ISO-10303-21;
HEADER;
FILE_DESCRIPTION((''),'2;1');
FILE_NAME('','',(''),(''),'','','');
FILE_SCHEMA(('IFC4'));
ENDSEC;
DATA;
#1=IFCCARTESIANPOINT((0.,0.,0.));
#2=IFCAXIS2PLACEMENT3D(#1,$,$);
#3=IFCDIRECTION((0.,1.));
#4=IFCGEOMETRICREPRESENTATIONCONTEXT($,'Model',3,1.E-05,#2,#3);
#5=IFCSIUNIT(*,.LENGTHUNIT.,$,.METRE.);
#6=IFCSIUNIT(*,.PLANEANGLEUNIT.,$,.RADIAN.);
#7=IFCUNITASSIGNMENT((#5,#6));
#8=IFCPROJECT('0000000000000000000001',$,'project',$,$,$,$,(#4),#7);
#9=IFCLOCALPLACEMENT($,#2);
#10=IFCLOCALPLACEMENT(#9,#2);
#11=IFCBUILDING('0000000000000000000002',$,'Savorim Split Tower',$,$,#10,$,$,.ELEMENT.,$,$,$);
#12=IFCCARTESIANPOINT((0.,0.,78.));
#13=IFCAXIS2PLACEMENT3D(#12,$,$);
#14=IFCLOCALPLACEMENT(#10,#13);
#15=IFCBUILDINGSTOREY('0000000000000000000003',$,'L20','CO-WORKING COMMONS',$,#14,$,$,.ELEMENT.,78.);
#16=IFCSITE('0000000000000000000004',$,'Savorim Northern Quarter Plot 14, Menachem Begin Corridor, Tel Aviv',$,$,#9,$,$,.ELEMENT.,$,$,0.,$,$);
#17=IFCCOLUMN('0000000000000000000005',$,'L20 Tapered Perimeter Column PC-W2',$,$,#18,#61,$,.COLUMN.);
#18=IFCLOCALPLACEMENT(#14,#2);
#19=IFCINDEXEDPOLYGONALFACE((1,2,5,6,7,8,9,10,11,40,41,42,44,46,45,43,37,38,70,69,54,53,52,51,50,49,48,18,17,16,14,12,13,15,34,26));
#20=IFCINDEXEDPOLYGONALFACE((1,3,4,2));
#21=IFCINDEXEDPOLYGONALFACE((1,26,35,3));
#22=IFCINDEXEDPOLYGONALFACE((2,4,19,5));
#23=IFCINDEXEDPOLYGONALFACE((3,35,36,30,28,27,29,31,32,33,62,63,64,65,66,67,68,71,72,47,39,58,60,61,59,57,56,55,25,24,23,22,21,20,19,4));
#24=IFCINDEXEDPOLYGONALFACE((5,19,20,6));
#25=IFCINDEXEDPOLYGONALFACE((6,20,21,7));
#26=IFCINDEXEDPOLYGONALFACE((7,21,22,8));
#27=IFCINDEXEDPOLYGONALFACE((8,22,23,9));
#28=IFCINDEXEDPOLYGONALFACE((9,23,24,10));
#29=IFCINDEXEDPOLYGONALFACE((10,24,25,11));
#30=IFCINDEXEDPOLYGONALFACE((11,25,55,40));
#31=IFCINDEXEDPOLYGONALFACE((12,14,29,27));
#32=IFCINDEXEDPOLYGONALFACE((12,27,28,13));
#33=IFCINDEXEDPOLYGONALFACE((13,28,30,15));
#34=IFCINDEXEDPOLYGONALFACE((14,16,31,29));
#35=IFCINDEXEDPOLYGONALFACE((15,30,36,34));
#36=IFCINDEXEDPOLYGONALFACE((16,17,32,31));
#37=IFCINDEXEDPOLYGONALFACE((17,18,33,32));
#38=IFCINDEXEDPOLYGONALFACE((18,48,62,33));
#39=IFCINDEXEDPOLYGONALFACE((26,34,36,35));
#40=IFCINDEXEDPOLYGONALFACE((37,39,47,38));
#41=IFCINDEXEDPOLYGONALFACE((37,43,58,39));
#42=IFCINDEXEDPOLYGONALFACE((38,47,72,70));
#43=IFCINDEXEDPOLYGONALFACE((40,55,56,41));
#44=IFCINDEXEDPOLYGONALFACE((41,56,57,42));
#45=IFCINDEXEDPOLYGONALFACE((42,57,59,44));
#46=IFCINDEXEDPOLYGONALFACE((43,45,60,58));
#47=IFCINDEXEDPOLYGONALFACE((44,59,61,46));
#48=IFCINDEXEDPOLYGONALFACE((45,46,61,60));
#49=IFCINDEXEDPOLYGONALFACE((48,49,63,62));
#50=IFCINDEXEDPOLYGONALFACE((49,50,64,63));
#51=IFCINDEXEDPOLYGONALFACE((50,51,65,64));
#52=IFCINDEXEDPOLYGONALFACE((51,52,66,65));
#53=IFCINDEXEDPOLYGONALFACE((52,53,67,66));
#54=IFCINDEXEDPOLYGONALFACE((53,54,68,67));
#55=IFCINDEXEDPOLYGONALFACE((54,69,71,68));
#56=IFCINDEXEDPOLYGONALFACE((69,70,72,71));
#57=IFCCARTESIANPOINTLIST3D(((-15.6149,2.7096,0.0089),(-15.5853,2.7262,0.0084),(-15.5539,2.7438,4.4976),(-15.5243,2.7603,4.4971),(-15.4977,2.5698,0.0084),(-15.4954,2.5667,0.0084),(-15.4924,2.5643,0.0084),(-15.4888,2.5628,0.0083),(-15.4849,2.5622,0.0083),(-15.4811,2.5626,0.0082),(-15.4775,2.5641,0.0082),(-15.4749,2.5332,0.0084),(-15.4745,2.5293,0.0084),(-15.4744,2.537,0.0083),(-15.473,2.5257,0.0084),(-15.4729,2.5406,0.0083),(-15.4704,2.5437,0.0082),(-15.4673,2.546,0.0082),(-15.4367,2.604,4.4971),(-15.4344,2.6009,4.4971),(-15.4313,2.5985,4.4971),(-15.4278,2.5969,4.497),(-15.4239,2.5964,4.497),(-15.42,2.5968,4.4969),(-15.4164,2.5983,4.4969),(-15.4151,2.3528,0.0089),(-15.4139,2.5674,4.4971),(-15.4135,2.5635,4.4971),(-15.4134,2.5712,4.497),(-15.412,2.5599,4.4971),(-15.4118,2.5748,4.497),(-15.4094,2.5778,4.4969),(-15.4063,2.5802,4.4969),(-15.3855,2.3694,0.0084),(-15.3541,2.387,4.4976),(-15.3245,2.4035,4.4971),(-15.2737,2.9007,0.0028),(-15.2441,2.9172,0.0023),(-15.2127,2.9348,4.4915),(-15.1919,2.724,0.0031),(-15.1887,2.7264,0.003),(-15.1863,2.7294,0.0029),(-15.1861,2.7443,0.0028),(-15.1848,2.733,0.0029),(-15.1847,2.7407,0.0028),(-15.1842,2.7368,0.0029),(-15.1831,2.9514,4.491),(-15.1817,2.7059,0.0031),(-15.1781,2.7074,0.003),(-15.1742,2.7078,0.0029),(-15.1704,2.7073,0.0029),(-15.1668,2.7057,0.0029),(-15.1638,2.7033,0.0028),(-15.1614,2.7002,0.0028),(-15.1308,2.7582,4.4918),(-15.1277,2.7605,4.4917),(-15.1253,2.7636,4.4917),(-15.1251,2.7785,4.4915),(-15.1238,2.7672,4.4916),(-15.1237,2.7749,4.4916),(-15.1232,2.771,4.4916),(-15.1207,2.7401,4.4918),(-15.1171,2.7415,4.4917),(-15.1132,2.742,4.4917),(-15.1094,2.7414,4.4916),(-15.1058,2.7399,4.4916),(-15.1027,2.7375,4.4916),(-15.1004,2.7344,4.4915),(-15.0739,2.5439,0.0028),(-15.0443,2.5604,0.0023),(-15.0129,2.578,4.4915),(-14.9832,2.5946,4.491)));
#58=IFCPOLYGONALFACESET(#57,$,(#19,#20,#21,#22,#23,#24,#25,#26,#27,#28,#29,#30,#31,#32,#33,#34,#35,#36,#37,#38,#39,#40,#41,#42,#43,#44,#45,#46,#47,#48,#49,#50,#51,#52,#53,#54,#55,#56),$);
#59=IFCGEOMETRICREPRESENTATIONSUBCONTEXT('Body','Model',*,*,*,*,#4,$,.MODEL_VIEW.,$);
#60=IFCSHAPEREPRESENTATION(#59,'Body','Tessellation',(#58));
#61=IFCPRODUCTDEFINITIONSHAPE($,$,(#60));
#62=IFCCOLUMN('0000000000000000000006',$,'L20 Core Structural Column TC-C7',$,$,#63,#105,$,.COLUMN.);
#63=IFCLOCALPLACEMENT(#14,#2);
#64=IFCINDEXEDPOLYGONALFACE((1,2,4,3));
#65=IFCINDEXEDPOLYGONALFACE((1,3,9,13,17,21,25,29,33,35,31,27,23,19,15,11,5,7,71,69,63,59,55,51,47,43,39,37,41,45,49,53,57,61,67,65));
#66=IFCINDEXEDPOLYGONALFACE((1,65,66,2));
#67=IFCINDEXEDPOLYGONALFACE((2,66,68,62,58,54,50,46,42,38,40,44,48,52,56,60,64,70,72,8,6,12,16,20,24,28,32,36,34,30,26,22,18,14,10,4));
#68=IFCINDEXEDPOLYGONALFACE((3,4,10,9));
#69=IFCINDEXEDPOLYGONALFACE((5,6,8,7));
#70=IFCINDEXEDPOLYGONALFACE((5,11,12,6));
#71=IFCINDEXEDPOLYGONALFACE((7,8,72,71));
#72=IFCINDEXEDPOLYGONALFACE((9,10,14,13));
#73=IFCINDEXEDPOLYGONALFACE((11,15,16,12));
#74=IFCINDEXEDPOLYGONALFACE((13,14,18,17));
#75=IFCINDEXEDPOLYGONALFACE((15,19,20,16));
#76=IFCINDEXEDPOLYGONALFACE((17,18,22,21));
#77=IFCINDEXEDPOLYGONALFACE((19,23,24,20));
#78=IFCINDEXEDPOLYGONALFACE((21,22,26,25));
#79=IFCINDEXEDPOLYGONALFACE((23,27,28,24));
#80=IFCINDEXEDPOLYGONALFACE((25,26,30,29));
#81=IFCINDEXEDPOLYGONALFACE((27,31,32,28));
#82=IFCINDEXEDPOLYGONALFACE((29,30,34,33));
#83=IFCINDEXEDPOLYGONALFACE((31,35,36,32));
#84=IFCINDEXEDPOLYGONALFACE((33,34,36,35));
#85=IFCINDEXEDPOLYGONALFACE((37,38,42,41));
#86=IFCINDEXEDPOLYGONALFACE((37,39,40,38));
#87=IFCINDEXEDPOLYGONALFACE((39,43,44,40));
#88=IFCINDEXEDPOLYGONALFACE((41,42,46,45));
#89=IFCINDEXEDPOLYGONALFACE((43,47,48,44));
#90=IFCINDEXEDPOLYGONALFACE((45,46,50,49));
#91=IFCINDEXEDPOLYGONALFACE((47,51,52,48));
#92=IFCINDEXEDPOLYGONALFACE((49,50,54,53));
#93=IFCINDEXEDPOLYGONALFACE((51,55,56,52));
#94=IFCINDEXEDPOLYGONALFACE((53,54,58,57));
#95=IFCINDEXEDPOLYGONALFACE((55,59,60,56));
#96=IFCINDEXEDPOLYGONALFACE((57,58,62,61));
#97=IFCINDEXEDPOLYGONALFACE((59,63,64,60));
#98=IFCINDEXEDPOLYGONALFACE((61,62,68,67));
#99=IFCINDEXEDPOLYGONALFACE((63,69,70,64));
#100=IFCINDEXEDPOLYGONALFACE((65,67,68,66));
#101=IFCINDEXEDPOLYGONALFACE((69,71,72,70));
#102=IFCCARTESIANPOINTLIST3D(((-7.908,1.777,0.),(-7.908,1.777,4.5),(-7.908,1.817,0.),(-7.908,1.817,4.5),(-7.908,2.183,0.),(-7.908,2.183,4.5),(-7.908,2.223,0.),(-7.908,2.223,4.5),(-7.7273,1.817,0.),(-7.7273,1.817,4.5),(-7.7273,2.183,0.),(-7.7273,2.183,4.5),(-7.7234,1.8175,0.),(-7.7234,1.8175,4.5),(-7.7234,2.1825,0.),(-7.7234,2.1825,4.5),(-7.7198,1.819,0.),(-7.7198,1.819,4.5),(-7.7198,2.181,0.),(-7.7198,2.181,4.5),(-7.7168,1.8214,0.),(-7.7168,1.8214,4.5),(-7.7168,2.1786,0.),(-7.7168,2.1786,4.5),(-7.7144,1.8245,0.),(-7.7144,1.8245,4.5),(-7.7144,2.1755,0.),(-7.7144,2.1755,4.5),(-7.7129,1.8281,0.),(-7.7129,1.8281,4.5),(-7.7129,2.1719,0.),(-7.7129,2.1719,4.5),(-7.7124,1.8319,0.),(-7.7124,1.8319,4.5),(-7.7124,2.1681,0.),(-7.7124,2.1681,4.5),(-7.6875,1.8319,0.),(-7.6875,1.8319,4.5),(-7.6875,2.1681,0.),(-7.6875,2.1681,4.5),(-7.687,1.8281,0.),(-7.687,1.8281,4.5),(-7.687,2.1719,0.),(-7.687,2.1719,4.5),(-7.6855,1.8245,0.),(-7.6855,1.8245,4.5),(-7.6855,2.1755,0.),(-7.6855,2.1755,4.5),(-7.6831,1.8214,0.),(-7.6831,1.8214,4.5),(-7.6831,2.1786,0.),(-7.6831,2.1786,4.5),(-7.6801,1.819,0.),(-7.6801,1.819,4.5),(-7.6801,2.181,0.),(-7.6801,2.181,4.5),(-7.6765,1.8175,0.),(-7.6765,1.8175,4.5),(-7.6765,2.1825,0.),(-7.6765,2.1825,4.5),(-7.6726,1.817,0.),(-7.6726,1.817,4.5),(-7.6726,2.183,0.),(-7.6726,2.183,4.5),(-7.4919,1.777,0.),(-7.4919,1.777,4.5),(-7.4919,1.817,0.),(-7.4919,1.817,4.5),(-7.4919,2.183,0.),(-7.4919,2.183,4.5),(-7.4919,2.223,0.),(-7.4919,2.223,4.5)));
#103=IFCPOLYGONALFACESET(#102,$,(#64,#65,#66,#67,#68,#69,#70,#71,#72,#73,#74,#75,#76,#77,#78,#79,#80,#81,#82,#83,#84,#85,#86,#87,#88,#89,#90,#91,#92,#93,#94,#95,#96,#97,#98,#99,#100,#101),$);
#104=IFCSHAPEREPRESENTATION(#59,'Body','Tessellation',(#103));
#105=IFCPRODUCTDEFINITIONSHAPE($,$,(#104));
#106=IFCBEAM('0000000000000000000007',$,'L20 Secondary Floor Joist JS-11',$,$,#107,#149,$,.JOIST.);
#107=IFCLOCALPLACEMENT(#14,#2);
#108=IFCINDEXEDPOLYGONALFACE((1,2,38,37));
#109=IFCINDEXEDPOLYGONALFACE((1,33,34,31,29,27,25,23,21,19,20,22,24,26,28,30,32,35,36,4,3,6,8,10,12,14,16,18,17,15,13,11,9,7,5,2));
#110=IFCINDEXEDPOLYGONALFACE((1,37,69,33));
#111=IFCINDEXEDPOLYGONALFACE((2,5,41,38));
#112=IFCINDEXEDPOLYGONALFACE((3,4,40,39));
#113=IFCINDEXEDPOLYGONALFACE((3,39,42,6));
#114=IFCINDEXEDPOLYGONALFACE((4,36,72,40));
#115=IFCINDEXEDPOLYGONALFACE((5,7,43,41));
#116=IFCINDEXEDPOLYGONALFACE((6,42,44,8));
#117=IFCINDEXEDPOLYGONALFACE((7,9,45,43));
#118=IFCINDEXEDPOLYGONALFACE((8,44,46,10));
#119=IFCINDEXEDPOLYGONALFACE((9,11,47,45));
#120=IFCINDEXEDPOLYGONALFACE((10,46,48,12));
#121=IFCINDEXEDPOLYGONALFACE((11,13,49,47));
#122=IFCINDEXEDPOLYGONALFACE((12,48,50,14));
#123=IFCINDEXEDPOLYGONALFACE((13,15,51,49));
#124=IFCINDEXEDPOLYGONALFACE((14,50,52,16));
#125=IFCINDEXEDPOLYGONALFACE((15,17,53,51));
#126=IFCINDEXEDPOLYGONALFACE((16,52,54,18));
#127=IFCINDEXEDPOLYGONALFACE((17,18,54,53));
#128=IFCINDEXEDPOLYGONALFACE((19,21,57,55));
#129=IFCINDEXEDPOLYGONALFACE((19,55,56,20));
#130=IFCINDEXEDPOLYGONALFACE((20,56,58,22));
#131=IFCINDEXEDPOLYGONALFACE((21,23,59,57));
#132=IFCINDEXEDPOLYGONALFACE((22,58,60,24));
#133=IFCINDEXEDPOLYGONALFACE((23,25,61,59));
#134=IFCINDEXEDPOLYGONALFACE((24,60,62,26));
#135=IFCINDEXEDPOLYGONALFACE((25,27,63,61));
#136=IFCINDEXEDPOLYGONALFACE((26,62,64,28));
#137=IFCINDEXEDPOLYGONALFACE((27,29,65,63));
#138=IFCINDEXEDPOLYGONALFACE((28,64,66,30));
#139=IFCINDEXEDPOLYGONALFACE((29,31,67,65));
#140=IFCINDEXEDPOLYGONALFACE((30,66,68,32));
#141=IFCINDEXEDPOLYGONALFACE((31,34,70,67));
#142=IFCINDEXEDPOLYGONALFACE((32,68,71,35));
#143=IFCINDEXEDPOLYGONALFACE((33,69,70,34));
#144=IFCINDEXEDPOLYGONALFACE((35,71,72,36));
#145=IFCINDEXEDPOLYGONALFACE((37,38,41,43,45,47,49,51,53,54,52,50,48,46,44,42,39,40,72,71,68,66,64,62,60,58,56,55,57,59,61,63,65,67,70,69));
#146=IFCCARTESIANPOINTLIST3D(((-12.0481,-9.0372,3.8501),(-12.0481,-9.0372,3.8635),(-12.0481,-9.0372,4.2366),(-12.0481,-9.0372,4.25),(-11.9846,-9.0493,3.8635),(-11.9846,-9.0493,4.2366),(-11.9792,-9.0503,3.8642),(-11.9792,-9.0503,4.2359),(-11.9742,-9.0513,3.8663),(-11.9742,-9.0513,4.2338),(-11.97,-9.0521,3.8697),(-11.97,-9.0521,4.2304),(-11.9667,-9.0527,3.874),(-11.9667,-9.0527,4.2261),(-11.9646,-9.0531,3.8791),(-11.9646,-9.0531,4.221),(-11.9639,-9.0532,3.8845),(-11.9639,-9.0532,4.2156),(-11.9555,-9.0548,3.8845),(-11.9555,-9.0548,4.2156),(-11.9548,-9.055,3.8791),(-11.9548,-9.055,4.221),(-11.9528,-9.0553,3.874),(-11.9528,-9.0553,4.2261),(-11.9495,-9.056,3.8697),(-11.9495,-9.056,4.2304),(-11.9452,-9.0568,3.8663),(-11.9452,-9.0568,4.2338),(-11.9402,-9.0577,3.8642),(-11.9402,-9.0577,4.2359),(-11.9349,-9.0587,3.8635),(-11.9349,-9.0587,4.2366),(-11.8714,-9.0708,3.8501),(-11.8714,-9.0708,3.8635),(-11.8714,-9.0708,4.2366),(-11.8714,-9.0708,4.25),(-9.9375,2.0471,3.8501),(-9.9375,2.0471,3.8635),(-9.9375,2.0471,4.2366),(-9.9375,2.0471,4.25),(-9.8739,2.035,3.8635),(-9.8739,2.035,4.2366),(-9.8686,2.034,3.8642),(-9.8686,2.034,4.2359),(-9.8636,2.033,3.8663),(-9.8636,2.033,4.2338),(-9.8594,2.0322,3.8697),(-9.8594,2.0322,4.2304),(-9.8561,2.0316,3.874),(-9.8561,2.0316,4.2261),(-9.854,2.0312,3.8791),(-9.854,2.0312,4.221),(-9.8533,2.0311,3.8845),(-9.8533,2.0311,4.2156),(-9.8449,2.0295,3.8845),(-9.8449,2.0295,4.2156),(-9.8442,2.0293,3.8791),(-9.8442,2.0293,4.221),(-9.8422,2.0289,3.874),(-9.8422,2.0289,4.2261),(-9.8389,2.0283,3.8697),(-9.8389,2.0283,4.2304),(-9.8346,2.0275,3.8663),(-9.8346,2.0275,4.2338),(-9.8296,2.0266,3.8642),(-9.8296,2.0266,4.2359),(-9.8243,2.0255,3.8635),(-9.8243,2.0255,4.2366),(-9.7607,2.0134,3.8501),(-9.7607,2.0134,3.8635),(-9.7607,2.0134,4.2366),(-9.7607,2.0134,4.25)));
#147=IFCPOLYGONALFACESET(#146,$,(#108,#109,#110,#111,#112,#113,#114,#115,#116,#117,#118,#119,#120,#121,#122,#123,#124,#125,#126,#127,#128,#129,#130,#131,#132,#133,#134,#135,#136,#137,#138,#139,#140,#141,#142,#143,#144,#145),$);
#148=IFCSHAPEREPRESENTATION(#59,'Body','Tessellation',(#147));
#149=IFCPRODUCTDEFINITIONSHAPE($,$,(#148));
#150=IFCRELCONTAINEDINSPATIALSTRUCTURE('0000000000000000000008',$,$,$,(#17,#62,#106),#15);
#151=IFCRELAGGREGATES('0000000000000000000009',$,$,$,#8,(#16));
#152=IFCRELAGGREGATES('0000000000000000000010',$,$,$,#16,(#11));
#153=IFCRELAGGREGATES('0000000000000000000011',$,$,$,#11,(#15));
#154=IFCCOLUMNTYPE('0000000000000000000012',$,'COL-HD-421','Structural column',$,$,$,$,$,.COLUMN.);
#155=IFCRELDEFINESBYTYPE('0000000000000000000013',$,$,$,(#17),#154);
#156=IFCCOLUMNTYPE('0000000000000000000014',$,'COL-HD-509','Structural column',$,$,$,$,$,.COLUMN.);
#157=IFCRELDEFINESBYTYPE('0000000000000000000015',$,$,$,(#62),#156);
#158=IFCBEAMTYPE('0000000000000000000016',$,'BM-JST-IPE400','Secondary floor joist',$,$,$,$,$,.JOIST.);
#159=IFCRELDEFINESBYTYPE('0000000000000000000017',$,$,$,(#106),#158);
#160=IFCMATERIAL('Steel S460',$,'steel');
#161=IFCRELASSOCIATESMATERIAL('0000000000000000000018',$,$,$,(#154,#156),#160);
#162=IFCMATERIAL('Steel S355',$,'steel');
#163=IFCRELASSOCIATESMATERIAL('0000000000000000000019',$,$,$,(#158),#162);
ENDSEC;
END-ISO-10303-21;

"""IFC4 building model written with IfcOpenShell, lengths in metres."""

from ifc_helpers import new_model, si_unit, direction, frame, origin, origin_2d, place, context, subcontext, project, spatial, i_section, extrude, material, material_profile, profile_set, type_object, element, save


model = new_model("IFC4")

# Units and contexts
model_context = context("Model", 3, precision=1e-05, world=origin(), true_north=direction((0.0, 1.0)))
body_context = subcontext(model_context, "Body", "Model", "MODEL_VIEW")
ifc_project = project(units=[si_unit("LENGTHUNIT", "METRE"), si_unit("PLANEANGLEUNIT", "RADIAN")], contexts=[model_context])

# Site, building, storey
site_placement = place(None, origin())
site = spatial("IfcSite", under=ifc_project, at=site_placement, Name="Savorim Northern Quarter Plot 14, Menachem Begin Corridor, Tel Aviv", CompositionType="ELEMENT", RefElevation=0.0)
building_placement = place(site_placement, origin())
building = spatial("IfcBuilding", under=site, at=building_placement, Name="Savorim Split Tower", CompositionType="ELEMENT")
storey_placement = place(building_placement, frame((0.0, 0.0, 78.0)))
storey = spatial("IfcBuildingStorey", under=building, at=storey_placement, Name="L20", Description="CO-WORKING COMMONS", CompositionType="ELEMENT", Elevation=78.0)

# Columns
ifc_material_1 = material(Name="Steel S460", Category="steel")
ifc_material_profile_1 = material_profile(ifc_material_1, i_section(OverallWidth=0.4089, OverallDepth=0.425, WebThickness=0.0208, FlangeThickness=0.0339, FilletRadius=0.0149, at=origin_2d()), Name="HD 400x421")
ifc_profile_set_1 = profile_set([ifc_material_profile_1], Name="Steel S460")
column_type_1 = type_object("IfcColumnType", Name="COL-HD-421", Description="Structural column", PredefinedType="COLUMN", material=ifc_profile_set_1)
column_1_placement = place(storey_placement, frame((-15.3296, 2.635, 0.0056), z_axis=(0.013596, 0.007614, 0.999879), x_axis=(-0.488603, 0.872506, 0.0)))
element("IfcColumn", 1, at=column_1_placement, inside=storey, type_object=column_type_1, Name="L20 Tapered Perimeter Column PC-W2", PredefinedType="COLUMN", context=body_context, shape_type="SweptSolid", body=[
    extrude(i_section(OverallWidth=0.4089, OverallDepth=0.425, WebThickness=0.0208, FlangeThickness=0.0339, FilletRadius=0.0149, at=origin_2d()), origin(), (0.0, 0.0, 1.0), 4.4893),
])
ifc_material_profile_2 = material_profile(ifc_material_1, i_section(OverallWidth=0.416, OverallDepth=0.446, WebThickness=0.0249, FlangeThickness=0.04, FilletRadius=0.0149, at=origin_2d()), Name="HD 400x509")
ifc_profile_set_2 = profile_set([ifc_material_profile_2], Name="Steel S460")
column_type_2 = type_object("IfcColumnType", Name="COL-HD-509", Description="Structural column", PredefinedType="COLUMN", material=ifc_profile_set_2)
column_2_placement = place(storey_placement, frame((-7.7, 2.0, 0.0), z_axis=(0.0, 0.0, 1.0), x_axis=(1.0, 0.0, 0.0)))
element("IfcColumn", 2, at=column_2_placement, inside=storey, type_object=column_type_2, Name="L20 Core Structural Column TC-C7", PredefinedType="COLUMN", context=body_context, shape_type="SweptSolid", body=[
    extrude(i_section(OverallWidth=0.416, OverallDepth=0.446, WebThickness=0.0249, FlangeThickness=0.04, FilletRadius=0.0149, at=origin_2d()), origin(), (0.0, 0.0, 1.0), 4.5),
])

# Beam
ifc_material_2 = material(Name="Steel S355", Category="steel")
ifc_material_profile_3 = material_profile(ifc_material_2, i_section(OverallWidth=0.1799, OverallDepth=0.3999, WebThickness=0.0085, FlangeThickness=0.0134, FilletRadius=0.021, at=origin_2d()), Name="IPE 400")
ifc_profile_set_3 = profile_set([ifc_material_profile_3], Name="Steel S355")
beam_type_1 = type_object("IfcBeamType", Name="BM-JST-IPE400", Description="Secondary floor joist", PredefinedType="JOIST", material=ifc_profile_set_3)
beam_1_placement = place(storey_placement, frame((-9.8491, 2.0303, 4.05), z_axis=(-0.187053, -0.98235, 0.0), x_axis=(0.98235, -0.187053, 0.0)))
element("IfcBeam", 3, at=beam_1_placement, inside=storey, type_object=beam_type_1, Name="L20 Secondary Floor Joist JS-11", PredefinedType="JOIST", context=body_context, shape_type="SweptSolid", body=[
    extrude(i_section(OverallWidth=0.1799, OverallDepth=0.3999, WebThickness=0.0085, FlangeThickness=0.0134, FilletRadius=0.021, at=origin_2d()), origin(), (0.0, 0.0, 1.0), 11.2834),
])

save(model, "model.ifc")
